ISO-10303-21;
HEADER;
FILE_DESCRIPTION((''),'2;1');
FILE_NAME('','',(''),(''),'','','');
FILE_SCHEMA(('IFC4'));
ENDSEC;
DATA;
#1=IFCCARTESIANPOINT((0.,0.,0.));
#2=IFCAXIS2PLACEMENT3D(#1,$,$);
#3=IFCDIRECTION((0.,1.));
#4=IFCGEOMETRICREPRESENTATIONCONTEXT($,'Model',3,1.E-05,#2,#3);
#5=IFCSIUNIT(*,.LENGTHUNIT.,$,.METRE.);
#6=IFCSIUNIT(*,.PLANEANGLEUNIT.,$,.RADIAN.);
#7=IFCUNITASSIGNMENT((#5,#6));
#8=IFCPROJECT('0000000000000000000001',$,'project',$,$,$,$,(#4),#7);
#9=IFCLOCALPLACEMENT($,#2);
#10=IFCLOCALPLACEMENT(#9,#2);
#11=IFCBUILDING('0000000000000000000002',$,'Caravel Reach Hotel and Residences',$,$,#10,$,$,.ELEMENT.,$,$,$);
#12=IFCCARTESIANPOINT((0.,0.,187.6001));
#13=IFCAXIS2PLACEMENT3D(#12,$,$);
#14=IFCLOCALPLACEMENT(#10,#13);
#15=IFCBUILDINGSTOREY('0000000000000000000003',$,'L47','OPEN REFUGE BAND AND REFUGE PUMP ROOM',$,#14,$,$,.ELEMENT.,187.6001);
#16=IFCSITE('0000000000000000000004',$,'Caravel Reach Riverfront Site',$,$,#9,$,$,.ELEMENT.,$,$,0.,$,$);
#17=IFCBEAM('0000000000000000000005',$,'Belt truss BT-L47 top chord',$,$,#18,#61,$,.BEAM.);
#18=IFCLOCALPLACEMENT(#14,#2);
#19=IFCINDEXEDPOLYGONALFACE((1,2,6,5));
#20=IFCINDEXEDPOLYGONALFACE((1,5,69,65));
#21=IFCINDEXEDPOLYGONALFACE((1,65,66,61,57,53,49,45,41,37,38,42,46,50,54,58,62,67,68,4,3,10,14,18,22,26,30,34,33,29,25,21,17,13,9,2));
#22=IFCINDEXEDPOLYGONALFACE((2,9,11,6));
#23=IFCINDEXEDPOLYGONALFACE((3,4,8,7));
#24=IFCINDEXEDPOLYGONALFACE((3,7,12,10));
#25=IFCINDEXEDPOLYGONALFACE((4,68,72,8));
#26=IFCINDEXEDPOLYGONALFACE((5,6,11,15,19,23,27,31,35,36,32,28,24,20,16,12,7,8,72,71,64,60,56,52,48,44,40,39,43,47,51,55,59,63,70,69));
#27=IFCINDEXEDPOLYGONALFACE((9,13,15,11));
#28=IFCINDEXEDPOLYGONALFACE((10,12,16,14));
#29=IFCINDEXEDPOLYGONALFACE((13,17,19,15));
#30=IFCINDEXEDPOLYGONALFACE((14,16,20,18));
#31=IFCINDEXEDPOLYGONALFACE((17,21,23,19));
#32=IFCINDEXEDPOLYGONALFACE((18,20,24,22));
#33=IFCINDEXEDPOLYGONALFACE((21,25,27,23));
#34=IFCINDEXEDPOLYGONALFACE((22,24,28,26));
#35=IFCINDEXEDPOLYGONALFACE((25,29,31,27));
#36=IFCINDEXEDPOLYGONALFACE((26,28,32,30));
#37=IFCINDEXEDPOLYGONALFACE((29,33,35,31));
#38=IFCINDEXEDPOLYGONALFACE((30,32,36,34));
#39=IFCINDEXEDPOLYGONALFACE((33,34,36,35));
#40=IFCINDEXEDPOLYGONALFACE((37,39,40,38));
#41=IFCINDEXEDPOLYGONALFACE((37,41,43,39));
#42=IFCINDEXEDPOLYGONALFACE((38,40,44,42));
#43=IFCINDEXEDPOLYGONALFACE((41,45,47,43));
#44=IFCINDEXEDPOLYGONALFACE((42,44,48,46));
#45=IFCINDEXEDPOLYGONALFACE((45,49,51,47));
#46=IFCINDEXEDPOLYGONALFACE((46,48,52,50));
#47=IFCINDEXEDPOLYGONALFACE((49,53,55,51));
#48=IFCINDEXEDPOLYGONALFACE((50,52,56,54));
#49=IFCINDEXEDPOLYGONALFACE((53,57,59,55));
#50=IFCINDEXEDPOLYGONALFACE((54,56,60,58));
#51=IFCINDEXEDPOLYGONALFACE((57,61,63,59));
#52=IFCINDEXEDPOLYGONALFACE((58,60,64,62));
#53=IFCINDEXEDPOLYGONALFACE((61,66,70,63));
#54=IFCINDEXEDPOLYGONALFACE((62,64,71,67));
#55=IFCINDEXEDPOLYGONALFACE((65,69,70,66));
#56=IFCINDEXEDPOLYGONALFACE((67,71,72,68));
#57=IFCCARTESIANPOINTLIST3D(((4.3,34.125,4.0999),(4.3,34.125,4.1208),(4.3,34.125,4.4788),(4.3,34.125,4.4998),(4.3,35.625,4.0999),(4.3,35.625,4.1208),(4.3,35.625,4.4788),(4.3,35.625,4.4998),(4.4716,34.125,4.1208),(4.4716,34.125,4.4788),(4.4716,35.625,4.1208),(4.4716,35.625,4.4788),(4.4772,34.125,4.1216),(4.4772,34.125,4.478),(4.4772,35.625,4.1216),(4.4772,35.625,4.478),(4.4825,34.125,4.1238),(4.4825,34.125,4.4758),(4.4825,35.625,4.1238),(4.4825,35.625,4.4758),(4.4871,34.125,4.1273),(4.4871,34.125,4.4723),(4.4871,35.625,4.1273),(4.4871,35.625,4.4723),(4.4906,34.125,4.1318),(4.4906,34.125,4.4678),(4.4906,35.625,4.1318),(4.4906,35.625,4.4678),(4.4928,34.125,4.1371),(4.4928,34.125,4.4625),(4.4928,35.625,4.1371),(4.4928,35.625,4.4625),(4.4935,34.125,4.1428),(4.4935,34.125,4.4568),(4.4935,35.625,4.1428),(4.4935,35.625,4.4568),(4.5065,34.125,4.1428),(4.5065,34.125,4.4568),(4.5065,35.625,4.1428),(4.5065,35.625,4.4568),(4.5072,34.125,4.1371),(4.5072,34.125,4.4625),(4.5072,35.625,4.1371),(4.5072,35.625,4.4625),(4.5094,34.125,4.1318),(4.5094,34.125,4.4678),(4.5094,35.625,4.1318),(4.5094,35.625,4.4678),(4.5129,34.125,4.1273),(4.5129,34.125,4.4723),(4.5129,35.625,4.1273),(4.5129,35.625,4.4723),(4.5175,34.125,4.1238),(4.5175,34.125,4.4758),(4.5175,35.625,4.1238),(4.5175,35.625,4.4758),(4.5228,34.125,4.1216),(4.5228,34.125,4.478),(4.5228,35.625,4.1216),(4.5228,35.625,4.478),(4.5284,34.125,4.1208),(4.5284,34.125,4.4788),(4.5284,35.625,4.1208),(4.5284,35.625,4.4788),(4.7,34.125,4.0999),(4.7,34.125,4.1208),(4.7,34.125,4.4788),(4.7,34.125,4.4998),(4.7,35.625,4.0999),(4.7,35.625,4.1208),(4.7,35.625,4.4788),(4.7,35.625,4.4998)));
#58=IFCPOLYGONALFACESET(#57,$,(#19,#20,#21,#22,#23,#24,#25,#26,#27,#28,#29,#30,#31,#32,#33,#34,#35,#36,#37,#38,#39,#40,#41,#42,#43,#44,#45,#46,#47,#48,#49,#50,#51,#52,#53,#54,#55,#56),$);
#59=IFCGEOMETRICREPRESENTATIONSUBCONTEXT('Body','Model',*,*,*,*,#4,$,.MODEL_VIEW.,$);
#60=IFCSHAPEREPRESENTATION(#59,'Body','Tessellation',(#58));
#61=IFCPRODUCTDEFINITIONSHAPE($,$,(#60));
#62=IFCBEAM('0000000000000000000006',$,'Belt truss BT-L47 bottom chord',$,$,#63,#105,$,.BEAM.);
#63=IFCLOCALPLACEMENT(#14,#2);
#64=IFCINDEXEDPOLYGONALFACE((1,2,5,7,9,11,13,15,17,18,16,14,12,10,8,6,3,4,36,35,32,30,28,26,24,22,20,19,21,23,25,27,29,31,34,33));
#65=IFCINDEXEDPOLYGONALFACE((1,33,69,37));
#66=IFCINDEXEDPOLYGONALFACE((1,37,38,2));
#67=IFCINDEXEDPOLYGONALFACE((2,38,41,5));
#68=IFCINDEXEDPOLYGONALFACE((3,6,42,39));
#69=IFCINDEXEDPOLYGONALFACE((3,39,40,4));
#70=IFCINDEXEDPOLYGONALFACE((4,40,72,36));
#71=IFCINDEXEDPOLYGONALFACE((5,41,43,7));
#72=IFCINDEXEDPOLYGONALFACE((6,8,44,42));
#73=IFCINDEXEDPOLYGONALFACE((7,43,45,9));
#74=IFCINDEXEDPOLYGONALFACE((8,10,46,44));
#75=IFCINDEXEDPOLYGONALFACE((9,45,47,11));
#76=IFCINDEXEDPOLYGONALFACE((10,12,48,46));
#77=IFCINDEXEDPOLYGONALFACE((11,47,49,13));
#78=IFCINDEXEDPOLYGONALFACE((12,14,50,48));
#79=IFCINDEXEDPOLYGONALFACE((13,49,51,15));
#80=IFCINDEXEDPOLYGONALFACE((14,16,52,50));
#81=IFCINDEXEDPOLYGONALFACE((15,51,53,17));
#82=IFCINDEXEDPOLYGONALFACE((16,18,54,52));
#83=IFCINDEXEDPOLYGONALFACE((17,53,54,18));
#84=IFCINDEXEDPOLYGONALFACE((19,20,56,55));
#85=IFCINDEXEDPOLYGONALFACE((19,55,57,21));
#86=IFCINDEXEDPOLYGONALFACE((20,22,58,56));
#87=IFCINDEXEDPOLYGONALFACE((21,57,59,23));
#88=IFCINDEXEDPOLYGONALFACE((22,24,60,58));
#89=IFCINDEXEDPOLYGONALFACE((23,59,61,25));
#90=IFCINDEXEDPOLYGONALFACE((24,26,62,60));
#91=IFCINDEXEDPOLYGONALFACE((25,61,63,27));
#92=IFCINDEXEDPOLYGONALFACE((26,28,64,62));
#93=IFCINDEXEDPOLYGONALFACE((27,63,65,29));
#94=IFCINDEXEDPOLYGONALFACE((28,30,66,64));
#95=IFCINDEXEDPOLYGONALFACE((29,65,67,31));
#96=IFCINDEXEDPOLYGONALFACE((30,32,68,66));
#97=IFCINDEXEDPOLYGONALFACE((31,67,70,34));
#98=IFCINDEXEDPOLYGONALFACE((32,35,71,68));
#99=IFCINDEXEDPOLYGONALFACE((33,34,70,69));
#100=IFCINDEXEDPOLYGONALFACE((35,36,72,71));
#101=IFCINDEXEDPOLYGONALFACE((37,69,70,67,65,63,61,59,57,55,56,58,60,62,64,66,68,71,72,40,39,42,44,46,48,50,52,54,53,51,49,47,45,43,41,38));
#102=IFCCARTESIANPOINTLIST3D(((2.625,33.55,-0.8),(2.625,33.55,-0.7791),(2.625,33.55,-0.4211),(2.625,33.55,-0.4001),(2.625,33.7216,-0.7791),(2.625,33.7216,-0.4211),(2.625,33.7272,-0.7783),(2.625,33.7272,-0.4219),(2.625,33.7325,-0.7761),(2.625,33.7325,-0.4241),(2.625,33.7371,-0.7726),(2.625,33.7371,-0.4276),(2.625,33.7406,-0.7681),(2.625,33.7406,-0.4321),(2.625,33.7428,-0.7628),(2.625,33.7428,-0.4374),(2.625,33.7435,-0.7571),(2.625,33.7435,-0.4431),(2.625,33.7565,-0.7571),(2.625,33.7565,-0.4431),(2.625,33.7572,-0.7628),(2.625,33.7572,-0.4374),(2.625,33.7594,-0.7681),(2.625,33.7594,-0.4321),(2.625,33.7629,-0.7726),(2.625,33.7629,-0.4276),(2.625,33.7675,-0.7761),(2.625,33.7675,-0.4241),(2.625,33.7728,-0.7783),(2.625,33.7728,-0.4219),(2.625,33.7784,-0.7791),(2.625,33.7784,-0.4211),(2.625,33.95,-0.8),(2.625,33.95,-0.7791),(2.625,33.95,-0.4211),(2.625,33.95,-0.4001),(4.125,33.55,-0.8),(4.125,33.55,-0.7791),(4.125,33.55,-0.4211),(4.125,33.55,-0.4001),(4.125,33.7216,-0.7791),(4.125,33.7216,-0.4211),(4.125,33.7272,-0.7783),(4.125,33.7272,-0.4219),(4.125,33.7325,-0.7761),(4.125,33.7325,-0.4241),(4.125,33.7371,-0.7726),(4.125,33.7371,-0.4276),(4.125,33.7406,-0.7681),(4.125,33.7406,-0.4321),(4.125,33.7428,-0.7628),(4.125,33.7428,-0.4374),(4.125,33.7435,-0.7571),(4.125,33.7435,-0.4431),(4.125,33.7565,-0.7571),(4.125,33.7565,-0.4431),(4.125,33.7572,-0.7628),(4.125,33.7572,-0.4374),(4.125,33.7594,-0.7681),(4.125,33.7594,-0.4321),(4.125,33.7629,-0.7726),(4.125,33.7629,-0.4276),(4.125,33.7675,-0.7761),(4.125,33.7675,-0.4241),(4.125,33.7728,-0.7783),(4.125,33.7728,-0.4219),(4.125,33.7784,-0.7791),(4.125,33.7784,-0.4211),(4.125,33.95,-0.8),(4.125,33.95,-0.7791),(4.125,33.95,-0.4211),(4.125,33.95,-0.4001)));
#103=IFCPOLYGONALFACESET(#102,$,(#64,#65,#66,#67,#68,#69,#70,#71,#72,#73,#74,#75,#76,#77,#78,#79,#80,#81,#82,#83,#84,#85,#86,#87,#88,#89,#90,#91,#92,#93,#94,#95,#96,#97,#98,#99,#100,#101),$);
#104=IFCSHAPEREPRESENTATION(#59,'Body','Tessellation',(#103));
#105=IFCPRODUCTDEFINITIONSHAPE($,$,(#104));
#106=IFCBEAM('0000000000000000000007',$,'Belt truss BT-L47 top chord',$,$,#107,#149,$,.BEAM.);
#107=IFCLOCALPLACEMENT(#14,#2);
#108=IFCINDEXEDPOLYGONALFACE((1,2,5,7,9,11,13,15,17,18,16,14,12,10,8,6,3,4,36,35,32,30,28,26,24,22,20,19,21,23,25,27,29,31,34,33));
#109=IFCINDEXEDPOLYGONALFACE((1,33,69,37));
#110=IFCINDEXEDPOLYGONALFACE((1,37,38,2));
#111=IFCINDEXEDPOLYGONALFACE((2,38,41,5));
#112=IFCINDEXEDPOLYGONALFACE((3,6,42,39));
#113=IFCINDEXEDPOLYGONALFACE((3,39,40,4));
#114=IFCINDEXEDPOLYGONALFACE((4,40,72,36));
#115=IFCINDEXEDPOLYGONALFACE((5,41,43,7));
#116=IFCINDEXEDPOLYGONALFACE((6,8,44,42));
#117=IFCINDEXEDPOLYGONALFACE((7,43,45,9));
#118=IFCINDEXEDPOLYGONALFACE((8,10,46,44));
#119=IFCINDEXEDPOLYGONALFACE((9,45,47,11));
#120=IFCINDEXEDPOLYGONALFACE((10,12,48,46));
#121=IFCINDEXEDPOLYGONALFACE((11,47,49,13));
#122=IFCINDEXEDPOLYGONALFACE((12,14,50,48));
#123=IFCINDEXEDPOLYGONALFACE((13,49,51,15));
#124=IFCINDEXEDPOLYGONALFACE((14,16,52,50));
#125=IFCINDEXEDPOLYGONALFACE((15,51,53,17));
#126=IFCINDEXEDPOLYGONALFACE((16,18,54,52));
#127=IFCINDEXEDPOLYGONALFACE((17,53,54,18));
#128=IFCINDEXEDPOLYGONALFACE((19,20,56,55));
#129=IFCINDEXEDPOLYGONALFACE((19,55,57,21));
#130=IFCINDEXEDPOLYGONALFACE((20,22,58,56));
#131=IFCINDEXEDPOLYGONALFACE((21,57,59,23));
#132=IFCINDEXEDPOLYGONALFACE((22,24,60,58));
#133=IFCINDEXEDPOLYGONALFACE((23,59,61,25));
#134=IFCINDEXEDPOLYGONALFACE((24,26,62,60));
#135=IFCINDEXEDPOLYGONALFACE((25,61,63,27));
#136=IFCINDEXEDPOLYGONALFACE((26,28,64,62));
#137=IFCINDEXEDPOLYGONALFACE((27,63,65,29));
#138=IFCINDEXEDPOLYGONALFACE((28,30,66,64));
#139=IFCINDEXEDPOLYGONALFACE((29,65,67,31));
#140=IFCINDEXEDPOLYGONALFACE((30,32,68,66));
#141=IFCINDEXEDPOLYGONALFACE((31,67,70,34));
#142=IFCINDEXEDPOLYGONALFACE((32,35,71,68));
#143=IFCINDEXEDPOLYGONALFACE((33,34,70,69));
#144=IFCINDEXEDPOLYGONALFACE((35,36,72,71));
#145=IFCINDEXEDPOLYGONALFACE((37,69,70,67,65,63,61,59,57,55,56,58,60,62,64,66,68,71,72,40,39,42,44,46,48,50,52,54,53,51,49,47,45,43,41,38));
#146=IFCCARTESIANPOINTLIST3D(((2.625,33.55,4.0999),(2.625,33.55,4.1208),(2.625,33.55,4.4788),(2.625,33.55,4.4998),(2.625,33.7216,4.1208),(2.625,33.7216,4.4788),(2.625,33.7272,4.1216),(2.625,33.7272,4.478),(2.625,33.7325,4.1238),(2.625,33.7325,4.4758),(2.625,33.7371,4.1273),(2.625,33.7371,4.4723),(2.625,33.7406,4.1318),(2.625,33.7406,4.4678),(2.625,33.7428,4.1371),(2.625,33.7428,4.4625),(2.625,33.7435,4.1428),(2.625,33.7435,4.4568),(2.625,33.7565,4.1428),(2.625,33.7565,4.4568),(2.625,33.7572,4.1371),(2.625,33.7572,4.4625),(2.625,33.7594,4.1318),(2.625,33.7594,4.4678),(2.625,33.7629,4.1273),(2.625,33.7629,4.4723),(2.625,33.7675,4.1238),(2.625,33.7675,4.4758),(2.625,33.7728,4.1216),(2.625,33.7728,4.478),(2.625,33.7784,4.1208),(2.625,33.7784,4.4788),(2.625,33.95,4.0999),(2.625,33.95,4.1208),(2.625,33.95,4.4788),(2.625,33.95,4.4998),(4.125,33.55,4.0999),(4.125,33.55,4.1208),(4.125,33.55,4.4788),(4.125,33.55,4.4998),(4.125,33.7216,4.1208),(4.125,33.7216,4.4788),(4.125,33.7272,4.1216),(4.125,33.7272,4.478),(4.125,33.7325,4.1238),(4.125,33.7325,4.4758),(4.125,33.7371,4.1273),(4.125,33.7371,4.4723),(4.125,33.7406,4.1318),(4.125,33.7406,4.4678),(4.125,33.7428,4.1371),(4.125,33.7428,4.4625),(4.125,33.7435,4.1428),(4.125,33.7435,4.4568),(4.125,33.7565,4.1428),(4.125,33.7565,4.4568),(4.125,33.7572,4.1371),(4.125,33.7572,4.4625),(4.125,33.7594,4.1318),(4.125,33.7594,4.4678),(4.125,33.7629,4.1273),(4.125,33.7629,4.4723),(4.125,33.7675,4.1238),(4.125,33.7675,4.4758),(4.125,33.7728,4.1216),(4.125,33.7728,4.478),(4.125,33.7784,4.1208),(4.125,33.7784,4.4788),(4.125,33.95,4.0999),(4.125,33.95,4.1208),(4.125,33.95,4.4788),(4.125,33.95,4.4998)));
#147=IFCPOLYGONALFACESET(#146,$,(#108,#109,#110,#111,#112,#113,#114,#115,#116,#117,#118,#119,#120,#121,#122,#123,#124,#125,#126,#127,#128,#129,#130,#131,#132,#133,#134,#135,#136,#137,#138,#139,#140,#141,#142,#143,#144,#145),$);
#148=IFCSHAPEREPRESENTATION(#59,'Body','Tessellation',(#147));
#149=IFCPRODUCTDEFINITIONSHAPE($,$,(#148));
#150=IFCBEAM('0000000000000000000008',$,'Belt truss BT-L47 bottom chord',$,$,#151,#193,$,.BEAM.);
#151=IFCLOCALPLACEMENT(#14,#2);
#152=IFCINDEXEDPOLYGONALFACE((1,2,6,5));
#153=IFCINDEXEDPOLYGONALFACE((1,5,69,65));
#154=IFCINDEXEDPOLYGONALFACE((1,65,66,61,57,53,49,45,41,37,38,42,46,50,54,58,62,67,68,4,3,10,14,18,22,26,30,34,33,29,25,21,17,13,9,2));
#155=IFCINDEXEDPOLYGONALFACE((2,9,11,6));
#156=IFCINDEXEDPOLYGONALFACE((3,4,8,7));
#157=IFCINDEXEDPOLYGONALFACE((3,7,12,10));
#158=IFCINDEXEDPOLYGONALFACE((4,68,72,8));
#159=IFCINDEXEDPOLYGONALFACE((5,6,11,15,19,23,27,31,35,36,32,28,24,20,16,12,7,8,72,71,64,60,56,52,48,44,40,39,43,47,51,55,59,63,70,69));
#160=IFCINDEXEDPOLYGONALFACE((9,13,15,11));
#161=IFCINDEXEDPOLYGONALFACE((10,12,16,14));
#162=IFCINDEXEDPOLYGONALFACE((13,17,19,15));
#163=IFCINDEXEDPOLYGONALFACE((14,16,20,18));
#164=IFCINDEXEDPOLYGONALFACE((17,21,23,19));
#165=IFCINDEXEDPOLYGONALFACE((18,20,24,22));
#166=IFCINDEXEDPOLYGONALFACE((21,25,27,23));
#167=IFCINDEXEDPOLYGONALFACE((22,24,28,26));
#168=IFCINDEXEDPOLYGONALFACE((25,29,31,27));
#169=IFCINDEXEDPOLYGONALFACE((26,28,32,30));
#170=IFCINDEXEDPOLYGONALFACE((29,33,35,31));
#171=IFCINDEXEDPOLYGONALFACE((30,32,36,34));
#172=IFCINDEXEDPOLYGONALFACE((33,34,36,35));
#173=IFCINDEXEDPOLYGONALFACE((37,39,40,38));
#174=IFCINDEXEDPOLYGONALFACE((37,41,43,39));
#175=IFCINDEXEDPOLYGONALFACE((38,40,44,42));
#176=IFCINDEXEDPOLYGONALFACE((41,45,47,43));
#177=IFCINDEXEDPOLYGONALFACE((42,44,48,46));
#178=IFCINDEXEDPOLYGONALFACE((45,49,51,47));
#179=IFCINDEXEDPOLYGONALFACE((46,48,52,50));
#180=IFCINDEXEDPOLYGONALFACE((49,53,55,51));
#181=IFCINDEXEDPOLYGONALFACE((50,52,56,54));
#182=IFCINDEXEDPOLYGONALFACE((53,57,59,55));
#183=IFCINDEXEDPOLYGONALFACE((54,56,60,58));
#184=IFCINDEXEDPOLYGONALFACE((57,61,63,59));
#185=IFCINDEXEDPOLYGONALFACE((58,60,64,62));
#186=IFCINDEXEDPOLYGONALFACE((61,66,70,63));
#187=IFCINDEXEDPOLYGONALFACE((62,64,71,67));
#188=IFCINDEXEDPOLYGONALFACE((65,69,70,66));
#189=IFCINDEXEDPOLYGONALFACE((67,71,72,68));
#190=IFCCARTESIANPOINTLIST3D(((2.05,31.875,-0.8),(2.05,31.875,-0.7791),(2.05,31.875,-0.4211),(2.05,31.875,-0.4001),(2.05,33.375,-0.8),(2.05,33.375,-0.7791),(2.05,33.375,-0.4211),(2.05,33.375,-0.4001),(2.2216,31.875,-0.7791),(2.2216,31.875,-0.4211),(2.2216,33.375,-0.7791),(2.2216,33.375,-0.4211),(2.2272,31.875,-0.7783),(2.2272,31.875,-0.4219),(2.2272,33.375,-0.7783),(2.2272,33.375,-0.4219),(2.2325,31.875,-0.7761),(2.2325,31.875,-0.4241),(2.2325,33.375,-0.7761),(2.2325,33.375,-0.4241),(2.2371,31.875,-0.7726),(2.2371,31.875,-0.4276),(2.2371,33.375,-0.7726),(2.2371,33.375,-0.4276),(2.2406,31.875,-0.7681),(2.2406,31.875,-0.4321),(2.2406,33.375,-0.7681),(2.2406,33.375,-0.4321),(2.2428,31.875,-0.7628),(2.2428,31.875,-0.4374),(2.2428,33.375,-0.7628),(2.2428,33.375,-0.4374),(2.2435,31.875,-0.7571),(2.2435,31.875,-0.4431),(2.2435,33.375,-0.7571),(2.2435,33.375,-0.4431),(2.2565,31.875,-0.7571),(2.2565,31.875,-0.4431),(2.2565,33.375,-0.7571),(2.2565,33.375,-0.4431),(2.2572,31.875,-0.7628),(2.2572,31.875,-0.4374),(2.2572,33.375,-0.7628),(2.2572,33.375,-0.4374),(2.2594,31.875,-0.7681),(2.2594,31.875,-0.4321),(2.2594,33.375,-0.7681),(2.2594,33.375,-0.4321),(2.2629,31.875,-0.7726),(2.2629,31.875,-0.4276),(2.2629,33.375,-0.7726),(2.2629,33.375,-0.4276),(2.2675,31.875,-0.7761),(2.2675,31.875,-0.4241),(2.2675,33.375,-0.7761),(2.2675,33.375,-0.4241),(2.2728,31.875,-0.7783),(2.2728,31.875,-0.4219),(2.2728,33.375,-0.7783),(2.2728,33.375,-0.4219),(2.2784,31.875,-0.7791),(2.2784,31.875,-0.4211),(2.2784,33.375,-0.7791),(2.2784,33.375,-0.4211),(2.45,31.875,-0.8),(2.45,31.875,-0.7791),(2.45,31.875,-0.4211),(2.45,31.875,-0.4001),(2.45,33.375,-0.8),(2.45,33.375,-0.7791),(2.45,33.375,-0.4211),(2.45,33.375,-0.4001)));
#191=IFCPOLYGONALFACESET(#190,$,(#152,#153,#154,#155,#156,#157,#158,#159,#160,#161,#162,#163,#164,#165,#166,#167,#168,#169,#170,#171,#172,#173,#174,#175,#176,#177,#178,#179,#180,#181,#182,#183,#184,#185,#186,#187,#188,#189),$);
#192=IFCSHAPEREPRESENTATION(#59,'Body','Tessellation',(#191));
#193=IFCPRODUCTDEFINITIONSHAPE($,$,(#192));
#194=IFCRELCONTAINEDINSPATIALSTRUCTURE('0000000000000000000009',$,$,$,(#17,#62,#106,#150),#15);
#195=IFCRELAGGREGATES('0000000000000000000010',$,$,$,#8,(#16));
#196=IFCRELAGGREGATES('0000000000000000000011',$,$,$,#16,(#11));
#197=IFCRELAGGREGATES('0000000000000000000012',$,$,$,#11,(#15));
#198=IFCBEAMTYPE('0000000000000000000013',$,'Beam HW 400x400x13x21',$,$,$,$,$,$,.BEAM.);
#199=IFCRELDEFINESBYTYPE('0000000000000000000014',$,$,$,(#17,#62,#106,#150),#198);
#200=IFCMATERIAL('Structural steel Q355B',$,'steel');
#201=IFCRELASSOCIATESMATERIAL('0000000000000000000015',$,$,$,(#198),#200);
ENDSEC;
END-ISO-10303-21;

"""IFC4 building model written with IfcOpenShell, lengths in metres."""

from ifc_helpers import new_model, si_unit, direction, frame, origin, origin_2d, place, context, subcontext, project, spatial, i_section, extrude, material, material_profile, profile_set, type_object, element, save


model = new_model("IFC4")

# Units and contexts
model_context = context("Model", 3, precision=1e-05, world=origin(), true_north=direction((0.0, 1.0)))
body_context = subcontext(model_context, "Body", "Model", "MODEL_VIEW")
ifc_project = project(units=[si_unit("LENGTHUNIT", "METRE"), si_unit("PLANEANGLEUNIT", "RADIAN")], contexts=[model_context])

# Site, building, storey
site_placement = place(None, origin())
site = spatial("IfcSite", under=ifc_project, at=site_placement, Name="Caravel Reach Riverfront Site", CompositionType="ELEMENT", RefElevation=0.0)
building_placement = place(site_placement, origin())
building = spatial("IfcBuilding", under=site, at=building_placement, Name="Caravel Reach Hotel and Residences", CompositionType="ELEMENT")
storey_placement = place(building_placement, frame((0.0, 0.0, 187.6001)))
storey = spatial("IfcBuildingStorey", under=building, at=storey_placement, Name="L47", Description="OPEN REFUGE BAND AND REFUGE PUMP ROOM", CompositionType="ELEMENT", Elevation=187.6001)

# Beams
ifc_material_1 = material(Name="Structural steel Q355B", Category="steel")
ifc_material_profile_1 = material_profile(ifc_material_1, i_section(OverallWidth=0.3999, OverallDepth=0.3999, WebThickness=0.0129, FlangeThickness=0.021, FilletRadius=0.022, at=origin_2d()), Name="HW 400x400x13x21")
ifc_profile_set_1 = profile_set([ifc_material_profile_1], Name="Structural steel Q355B")
beam_type_1 = type_object("IfcBeamType", Name="Beam HW 400x400x13x21", PredefinedType="BEAM", material=ifc_profile_set_1)
for number, where, z_axis, x_axis, name in (
    (1, (4.5, 35.625, 4.2998), (0.0, -1.0, 0.0), (1.0, 0.0, 0.0), "Belt truss BT-L47 top chord"),
    (2, (4.125, 33.75, -0.6001), (-1.0, 0.0, 0.0), (0.0, -1.0, 0.0), "Belt truss BT-L47 bottom chord"),
    (3, (4.125, 33.75, 4.2998), (-1.0, 0.0, 0.0), (0.0, -1.0, 0.0), "Belt truss BT-L47 top chord"),
    (4, (2.25, 33.375, -0.6001), (0.0, -1.0, 0.0), (1.0, 0.0, 0.0), "Belt truss BT-L47 bottom chord"),
):
    element("IfcBeam", number, at=place(storey_placement, frame(where, z_axis=z_axis, x_axis=x_axis)), inside=storey, type_object=beam_type_1, Name=name, PredefinedType="BEAM", context=body_context, shape_type="SweptSolid", body=[
        extrude(i_section(OverallWidth=0.3999, OverallDepth=0.3999, WebThickness=0.0129, FlangeThickness=0.021, FilletRadius=0.022, at=origin_2d()), origin(), (0.0, 0.0, 1.0), 1.5),
    ])

save(model, "model.ifc")
